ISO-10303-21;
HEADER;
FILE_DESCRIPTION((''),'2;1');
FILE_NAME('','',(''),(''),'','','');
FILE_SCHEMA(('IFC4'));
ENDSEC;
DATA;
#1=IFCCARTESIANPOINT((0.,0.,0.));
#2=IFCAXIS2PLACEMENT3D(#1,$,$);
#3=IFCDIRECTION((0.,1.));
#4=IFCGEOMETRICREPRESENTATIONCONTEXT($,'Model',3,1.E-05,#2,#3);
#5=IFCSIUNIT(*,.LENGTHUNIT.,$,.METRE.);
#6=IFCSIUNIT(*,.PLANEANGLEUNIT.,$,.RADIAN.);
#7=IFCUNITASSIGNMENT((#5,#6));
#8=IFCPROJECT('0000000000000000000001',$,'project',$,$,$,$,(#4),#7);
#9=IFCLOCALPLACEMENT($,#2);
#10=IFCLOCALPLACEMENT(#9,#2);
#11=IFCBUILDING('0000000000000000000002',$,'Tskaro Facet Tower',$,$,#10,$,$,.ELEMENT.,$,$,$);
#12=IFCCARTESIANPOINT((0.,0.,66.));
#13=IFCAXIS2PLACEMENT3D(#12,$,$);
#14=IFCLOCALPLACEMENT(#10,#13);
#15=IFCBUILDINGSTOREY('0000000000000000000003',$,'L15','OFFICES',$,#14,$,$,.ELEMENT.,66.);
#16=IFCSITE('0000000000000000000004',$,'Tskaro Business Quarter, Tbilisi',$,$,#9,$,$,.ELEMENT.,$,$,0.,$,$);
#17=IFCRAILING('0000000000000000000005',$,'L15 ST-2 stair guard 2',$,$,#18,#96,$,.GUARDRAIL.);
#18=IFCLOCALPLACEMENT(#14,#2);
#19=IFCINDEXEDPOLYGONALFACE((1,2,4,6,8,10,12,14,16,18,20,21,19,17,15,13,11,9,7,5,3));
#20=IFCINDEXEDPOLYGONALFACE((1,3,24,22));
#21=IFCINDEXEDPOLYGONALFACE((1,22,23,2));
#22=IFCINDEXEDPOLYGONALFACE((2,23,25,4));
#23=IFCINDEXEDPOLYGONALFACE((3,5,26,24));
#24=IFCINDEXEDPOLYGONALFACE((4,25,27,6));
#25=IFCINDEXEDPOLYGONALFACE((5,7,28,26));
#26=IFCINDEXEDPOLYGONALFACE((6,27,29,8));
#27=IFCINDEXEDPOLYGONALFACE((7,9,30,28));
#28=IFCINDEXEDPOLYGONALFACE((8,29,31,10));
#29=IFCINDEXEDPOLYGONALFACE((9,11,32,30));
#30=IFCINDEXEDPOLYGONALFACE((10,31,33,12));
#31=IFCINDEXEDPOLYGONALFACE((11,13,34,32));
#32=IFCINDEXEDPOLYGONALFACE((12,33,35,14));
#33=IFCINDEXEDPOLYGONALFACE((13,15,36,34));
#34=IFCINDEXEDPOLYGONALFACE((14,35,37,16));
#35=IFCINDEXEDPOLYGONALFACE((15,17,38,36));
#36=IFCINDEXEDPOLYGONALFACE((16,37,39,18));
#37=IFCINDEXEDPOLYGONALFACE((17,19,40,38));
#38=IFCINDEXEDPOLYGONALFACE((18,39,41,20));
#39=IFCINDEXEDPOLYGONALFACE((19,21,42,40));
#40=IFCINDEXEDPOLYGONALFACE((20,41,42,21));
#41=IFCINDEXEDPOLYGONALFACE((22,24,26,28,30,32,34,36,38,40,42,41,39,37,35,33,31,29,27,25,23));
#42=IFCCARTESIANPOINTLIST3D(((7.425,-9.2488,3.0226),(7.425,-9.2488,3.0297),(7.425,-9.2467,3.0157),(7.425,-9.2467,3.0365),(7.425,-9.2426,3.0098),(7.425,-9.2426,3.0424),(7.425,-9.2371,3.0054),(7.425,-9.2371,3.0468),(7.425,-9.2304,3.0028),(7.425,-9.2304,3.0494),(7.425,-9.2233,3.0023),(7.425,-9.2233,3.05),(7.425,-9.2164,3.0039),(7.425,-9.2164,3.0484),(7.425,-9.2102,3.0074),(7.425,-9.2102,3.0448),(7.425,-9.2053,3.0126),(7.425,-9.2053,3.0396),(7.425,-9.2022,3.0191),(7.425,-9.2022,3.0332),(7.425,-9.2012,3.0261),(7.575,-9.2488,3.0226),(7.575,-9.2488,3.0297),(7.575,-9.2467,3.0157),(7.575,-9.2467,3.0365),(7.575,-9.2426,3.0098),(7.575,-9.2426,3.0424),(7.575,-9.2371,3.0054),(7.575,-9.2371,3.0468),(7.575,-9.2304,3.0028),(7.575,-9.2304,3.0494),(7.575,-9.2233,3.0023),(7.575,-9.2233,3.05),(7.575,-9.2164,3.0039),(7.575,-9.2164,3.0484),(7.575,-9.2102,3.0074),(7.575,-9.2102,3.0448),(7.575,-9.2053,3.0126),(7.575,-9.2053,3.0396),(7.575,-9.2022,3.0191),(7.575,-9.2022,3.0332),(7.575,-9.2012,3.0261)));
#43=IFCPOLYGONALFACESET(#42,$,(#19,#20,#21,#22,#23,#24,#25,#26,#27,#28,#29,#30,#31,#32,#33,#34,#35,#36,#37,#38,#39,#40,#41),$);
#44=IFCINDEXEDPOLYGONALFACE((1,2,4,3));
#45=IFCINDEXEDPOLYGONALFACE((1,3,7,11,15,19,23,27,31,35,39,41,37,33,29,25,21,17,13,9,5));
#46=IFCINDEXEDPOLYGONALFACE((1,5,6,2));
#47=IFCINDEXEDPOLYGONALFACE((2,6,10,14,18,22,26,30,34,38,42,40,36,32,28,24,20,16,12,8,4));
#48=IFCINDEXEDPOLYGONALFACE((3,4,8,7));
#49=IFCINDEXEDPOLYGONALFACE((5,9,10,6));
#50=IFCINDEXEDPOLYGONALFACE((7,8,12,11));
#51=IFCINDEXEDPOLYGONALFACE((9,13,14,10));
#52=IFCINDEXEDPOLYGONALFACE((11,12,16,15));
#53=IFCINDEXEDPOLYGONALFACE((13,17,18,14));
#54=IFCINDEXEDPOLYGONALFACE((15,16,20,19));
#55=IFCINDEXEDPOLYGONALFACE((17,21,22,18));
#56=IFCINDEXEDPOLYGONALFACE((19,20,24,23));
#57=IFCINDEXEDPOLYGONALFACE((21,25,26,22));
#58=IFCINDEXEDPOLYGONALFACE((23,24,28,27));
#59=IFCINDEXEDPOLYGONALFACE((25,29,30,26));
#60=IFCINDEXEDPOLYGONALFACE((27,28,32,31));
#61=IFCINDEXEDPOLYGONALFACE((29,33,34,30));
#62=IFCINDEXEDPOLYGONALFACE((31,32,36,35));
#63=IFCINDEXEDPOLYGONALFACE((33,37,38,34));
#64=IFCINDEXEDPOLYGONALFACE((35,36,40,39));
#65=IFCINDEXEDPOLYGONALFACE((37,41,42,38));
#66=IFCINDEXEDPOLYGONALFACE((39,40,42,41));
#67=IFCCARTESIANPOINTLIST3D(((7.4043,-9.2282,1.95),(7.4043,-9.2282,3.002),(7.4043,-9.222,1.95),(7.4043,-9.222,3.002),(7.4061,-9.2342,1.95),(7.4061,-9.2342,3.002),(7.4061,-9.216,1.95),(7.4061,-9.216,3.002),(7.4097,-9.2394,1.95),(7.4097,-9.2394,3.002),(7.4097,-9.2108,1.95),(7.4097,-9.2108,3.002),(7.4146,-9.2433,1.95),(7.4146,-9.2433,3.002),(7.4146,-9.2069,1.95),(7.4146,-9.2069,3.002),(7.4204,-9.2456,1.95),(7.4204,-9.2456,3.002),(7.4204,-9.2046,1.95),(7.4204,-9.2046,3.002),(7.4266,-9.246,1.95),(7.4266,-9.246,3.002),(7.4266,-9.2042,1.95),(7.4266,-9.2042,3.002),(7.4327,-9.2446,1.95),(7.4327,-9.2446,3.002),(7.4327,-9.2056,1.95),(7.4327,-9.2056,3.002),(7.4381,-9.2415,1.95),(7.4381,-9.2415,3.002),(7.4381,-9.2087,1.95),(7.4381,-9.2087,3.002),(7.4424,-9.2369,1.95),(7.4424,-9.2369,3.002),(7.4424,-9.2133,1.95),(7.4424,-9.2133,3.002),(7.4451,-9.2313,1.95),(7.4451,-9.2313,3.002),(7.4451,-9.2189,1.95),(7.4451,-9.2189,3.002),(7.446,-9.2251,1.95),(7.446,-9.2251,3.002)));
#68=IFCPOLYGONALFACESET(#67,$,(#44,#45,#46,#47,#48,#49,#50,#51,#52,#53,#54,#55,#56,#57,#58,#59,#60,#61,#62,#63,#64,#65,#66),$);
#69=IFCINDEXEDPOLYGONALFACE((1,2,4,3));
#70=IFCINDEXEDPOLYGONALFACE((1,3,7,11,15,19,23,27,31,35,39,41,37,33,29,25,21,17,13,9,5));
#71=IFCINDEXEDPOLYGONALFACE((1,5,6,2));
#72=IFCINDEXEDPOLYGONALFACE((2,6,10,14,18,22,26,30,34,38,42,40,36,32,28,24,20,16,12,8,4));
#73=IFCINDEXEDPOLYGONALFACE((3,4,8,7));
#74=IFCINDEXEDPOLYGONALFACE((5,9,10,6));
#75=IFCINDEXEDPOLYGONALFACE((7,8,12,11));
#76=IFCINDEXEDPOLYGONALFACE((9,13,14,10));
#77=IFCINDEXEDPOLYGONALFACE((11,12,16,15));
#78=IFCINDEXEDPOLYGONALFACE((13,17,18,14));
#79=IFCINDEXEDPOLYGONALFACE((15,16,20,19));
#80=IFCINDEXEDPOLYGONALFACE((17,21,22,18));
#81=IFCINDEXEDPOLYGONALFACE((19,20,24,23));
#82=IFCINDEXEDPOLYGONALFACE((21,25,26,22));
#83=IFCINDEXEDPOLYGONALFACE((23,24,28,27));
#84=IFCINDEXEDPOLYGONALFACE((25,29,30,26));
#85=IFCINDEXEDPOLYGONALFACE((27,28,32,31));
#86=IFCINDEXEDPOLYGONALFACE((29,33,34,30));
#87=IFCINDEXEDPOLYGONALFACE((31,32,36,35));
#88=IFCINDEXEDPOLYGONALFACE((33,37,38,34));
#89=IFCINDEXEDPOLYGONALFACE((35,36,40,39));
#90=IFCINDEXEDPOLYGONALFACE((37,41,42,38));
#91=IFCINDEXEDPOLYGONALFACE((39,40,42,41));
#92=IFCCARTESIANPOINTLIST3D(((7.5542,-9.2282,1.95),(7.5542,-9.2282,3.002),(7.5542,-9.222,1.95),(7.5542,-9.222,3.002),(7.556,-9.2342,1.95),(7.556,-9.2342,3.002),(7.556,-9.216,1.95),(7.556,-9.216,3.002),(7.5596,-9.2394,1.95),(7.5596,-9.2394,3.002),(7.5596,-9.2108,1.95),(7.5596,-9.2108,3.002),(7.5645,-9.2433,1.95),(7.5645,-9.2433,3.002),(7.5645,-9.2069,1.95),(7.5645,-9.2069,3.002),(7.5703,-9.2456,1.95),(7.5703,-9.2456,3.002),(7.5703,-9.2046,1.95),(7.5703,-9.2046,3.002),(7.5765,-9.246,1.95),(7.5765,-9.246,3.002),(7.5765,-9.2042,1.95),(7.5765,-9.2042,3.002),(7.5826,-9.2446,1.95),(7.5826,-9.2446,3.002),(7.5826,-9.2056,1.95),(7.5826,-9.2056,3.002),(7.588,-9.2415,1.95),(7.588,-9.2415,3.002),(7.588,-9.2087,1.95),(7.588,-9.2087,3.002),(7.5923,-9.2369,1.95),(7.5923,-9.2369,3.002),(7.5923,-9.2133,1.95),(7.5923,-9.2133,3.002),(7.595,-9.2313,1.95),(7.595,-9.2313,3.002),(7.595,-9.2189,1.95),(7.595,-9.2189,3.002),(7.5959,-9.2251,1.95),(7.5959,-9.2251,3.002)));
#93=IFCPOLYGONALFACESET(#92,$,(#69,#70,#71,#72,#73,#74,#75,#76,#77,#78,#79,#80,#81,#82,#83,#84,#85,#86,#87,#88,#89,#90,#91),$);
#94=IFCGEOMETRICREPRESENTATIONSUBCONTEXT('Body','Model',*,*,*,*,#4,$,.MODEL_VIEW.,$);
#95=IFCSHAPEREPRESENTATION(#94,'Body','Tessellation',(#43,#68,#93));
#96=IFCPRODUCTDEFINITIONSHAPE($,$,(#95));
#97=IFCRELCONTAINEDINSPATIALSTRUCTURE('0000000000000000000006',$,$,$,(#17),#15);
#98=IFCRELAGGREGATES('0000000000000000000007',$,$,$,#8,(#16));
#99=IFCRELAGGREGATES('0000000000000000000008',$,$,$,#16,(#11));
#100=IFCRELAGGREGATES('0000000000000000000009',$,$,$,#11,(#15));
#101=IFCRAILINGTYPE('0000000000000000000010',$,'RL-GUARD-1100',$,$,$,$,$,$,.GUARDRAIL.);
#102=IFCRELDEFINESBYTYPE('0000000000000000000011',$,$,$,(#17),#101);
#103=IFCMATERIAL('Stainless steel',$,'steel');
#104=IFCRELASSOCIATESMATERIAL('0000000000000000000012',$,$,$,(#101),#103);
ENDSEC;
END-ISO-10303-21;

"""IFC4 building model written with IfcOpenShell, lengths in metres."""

from ifc_helpers import new_model, si_unit, direction, frame, origin, origin_2d, place, context, subcontext, project, spatial, circle, extrude, material, type_object, element, save


model = new_model("IFC4")

# Units and contexts
model_context = context("Model", 3, precision=1e-05, world=origin(), true_north=direction((0.0, 1.0)))
body_context = subcontext(model_context, "Body", "Model", "MODEL_VIEW")
ifc_project = project(units=[si_unit("LENGTHUNIT", "METRE"), si_unit("PLANEANGLEUNIT", "RADIAN")], contexts=[model_context])

# Site, building, storey
site_placement = place(None, origin())
site = spatial("IfcSite", under=ifc_project, at=site_placement, Name="Tskaro Business Quarter, Tbilisi", CompositionType="ELEMENT", RefElevation=0.0)
building_placement = place(site_placement, origin())
building = spatial("IfcBuilding", under=site, at=building_placement, Name="Tskaro Facet Tower", CompositionType="ELEMENT")
storey_placement = place(building_placement, frame((0.0, 0.0, 66.0)))
storey = spatial("IfcBuildingStorey", under=building, at=storey_placement, Name="L15", Description="OFFICES", CompositionType="ELEMENT", Elevation=66.0)

# Railing
ifc_material_1 = material(Name="Stainless steel", Category="steel")
railing_type_1 = type_object("IfcRailingType", Name="RL-GUARD-1100", PredefinedType="GUARDRAIL", material=ifc_material_1)
railing_1_placement = place(storey_placement, frame((7.425, -9.2251, 1.95)))
element("IfcRailing", 1, at=railing_1_placement, inside=storey, type_object=railing_type_1, Name="L15 ST-2 stair guard 2", PredefinedType="GUARDRAIL", context=body_context, shape_type="SweptSolid", body=[
    extrude(circle(Radius=0.0239, at=origin_2d()), frame((0.0, 0.0, 1.0762), z_axis=(1.0, 0.0, 0.0), x_axis=(0.0, 1.0, 0.0)), (0.0, 0.0, 1.0), 0.1499),
    extrude(circle(Radius=0.021, at=origin_2d()), origin(), (0.0, 0.0, 1.0), 1.052),
    extrude(circle(Radius=0.021, at=origin_2d()), frame((0.1499, 0.0, 0.0)), (0.0, 0.0, 1.0), 1.052),
])

save(model, "model.ifc")
